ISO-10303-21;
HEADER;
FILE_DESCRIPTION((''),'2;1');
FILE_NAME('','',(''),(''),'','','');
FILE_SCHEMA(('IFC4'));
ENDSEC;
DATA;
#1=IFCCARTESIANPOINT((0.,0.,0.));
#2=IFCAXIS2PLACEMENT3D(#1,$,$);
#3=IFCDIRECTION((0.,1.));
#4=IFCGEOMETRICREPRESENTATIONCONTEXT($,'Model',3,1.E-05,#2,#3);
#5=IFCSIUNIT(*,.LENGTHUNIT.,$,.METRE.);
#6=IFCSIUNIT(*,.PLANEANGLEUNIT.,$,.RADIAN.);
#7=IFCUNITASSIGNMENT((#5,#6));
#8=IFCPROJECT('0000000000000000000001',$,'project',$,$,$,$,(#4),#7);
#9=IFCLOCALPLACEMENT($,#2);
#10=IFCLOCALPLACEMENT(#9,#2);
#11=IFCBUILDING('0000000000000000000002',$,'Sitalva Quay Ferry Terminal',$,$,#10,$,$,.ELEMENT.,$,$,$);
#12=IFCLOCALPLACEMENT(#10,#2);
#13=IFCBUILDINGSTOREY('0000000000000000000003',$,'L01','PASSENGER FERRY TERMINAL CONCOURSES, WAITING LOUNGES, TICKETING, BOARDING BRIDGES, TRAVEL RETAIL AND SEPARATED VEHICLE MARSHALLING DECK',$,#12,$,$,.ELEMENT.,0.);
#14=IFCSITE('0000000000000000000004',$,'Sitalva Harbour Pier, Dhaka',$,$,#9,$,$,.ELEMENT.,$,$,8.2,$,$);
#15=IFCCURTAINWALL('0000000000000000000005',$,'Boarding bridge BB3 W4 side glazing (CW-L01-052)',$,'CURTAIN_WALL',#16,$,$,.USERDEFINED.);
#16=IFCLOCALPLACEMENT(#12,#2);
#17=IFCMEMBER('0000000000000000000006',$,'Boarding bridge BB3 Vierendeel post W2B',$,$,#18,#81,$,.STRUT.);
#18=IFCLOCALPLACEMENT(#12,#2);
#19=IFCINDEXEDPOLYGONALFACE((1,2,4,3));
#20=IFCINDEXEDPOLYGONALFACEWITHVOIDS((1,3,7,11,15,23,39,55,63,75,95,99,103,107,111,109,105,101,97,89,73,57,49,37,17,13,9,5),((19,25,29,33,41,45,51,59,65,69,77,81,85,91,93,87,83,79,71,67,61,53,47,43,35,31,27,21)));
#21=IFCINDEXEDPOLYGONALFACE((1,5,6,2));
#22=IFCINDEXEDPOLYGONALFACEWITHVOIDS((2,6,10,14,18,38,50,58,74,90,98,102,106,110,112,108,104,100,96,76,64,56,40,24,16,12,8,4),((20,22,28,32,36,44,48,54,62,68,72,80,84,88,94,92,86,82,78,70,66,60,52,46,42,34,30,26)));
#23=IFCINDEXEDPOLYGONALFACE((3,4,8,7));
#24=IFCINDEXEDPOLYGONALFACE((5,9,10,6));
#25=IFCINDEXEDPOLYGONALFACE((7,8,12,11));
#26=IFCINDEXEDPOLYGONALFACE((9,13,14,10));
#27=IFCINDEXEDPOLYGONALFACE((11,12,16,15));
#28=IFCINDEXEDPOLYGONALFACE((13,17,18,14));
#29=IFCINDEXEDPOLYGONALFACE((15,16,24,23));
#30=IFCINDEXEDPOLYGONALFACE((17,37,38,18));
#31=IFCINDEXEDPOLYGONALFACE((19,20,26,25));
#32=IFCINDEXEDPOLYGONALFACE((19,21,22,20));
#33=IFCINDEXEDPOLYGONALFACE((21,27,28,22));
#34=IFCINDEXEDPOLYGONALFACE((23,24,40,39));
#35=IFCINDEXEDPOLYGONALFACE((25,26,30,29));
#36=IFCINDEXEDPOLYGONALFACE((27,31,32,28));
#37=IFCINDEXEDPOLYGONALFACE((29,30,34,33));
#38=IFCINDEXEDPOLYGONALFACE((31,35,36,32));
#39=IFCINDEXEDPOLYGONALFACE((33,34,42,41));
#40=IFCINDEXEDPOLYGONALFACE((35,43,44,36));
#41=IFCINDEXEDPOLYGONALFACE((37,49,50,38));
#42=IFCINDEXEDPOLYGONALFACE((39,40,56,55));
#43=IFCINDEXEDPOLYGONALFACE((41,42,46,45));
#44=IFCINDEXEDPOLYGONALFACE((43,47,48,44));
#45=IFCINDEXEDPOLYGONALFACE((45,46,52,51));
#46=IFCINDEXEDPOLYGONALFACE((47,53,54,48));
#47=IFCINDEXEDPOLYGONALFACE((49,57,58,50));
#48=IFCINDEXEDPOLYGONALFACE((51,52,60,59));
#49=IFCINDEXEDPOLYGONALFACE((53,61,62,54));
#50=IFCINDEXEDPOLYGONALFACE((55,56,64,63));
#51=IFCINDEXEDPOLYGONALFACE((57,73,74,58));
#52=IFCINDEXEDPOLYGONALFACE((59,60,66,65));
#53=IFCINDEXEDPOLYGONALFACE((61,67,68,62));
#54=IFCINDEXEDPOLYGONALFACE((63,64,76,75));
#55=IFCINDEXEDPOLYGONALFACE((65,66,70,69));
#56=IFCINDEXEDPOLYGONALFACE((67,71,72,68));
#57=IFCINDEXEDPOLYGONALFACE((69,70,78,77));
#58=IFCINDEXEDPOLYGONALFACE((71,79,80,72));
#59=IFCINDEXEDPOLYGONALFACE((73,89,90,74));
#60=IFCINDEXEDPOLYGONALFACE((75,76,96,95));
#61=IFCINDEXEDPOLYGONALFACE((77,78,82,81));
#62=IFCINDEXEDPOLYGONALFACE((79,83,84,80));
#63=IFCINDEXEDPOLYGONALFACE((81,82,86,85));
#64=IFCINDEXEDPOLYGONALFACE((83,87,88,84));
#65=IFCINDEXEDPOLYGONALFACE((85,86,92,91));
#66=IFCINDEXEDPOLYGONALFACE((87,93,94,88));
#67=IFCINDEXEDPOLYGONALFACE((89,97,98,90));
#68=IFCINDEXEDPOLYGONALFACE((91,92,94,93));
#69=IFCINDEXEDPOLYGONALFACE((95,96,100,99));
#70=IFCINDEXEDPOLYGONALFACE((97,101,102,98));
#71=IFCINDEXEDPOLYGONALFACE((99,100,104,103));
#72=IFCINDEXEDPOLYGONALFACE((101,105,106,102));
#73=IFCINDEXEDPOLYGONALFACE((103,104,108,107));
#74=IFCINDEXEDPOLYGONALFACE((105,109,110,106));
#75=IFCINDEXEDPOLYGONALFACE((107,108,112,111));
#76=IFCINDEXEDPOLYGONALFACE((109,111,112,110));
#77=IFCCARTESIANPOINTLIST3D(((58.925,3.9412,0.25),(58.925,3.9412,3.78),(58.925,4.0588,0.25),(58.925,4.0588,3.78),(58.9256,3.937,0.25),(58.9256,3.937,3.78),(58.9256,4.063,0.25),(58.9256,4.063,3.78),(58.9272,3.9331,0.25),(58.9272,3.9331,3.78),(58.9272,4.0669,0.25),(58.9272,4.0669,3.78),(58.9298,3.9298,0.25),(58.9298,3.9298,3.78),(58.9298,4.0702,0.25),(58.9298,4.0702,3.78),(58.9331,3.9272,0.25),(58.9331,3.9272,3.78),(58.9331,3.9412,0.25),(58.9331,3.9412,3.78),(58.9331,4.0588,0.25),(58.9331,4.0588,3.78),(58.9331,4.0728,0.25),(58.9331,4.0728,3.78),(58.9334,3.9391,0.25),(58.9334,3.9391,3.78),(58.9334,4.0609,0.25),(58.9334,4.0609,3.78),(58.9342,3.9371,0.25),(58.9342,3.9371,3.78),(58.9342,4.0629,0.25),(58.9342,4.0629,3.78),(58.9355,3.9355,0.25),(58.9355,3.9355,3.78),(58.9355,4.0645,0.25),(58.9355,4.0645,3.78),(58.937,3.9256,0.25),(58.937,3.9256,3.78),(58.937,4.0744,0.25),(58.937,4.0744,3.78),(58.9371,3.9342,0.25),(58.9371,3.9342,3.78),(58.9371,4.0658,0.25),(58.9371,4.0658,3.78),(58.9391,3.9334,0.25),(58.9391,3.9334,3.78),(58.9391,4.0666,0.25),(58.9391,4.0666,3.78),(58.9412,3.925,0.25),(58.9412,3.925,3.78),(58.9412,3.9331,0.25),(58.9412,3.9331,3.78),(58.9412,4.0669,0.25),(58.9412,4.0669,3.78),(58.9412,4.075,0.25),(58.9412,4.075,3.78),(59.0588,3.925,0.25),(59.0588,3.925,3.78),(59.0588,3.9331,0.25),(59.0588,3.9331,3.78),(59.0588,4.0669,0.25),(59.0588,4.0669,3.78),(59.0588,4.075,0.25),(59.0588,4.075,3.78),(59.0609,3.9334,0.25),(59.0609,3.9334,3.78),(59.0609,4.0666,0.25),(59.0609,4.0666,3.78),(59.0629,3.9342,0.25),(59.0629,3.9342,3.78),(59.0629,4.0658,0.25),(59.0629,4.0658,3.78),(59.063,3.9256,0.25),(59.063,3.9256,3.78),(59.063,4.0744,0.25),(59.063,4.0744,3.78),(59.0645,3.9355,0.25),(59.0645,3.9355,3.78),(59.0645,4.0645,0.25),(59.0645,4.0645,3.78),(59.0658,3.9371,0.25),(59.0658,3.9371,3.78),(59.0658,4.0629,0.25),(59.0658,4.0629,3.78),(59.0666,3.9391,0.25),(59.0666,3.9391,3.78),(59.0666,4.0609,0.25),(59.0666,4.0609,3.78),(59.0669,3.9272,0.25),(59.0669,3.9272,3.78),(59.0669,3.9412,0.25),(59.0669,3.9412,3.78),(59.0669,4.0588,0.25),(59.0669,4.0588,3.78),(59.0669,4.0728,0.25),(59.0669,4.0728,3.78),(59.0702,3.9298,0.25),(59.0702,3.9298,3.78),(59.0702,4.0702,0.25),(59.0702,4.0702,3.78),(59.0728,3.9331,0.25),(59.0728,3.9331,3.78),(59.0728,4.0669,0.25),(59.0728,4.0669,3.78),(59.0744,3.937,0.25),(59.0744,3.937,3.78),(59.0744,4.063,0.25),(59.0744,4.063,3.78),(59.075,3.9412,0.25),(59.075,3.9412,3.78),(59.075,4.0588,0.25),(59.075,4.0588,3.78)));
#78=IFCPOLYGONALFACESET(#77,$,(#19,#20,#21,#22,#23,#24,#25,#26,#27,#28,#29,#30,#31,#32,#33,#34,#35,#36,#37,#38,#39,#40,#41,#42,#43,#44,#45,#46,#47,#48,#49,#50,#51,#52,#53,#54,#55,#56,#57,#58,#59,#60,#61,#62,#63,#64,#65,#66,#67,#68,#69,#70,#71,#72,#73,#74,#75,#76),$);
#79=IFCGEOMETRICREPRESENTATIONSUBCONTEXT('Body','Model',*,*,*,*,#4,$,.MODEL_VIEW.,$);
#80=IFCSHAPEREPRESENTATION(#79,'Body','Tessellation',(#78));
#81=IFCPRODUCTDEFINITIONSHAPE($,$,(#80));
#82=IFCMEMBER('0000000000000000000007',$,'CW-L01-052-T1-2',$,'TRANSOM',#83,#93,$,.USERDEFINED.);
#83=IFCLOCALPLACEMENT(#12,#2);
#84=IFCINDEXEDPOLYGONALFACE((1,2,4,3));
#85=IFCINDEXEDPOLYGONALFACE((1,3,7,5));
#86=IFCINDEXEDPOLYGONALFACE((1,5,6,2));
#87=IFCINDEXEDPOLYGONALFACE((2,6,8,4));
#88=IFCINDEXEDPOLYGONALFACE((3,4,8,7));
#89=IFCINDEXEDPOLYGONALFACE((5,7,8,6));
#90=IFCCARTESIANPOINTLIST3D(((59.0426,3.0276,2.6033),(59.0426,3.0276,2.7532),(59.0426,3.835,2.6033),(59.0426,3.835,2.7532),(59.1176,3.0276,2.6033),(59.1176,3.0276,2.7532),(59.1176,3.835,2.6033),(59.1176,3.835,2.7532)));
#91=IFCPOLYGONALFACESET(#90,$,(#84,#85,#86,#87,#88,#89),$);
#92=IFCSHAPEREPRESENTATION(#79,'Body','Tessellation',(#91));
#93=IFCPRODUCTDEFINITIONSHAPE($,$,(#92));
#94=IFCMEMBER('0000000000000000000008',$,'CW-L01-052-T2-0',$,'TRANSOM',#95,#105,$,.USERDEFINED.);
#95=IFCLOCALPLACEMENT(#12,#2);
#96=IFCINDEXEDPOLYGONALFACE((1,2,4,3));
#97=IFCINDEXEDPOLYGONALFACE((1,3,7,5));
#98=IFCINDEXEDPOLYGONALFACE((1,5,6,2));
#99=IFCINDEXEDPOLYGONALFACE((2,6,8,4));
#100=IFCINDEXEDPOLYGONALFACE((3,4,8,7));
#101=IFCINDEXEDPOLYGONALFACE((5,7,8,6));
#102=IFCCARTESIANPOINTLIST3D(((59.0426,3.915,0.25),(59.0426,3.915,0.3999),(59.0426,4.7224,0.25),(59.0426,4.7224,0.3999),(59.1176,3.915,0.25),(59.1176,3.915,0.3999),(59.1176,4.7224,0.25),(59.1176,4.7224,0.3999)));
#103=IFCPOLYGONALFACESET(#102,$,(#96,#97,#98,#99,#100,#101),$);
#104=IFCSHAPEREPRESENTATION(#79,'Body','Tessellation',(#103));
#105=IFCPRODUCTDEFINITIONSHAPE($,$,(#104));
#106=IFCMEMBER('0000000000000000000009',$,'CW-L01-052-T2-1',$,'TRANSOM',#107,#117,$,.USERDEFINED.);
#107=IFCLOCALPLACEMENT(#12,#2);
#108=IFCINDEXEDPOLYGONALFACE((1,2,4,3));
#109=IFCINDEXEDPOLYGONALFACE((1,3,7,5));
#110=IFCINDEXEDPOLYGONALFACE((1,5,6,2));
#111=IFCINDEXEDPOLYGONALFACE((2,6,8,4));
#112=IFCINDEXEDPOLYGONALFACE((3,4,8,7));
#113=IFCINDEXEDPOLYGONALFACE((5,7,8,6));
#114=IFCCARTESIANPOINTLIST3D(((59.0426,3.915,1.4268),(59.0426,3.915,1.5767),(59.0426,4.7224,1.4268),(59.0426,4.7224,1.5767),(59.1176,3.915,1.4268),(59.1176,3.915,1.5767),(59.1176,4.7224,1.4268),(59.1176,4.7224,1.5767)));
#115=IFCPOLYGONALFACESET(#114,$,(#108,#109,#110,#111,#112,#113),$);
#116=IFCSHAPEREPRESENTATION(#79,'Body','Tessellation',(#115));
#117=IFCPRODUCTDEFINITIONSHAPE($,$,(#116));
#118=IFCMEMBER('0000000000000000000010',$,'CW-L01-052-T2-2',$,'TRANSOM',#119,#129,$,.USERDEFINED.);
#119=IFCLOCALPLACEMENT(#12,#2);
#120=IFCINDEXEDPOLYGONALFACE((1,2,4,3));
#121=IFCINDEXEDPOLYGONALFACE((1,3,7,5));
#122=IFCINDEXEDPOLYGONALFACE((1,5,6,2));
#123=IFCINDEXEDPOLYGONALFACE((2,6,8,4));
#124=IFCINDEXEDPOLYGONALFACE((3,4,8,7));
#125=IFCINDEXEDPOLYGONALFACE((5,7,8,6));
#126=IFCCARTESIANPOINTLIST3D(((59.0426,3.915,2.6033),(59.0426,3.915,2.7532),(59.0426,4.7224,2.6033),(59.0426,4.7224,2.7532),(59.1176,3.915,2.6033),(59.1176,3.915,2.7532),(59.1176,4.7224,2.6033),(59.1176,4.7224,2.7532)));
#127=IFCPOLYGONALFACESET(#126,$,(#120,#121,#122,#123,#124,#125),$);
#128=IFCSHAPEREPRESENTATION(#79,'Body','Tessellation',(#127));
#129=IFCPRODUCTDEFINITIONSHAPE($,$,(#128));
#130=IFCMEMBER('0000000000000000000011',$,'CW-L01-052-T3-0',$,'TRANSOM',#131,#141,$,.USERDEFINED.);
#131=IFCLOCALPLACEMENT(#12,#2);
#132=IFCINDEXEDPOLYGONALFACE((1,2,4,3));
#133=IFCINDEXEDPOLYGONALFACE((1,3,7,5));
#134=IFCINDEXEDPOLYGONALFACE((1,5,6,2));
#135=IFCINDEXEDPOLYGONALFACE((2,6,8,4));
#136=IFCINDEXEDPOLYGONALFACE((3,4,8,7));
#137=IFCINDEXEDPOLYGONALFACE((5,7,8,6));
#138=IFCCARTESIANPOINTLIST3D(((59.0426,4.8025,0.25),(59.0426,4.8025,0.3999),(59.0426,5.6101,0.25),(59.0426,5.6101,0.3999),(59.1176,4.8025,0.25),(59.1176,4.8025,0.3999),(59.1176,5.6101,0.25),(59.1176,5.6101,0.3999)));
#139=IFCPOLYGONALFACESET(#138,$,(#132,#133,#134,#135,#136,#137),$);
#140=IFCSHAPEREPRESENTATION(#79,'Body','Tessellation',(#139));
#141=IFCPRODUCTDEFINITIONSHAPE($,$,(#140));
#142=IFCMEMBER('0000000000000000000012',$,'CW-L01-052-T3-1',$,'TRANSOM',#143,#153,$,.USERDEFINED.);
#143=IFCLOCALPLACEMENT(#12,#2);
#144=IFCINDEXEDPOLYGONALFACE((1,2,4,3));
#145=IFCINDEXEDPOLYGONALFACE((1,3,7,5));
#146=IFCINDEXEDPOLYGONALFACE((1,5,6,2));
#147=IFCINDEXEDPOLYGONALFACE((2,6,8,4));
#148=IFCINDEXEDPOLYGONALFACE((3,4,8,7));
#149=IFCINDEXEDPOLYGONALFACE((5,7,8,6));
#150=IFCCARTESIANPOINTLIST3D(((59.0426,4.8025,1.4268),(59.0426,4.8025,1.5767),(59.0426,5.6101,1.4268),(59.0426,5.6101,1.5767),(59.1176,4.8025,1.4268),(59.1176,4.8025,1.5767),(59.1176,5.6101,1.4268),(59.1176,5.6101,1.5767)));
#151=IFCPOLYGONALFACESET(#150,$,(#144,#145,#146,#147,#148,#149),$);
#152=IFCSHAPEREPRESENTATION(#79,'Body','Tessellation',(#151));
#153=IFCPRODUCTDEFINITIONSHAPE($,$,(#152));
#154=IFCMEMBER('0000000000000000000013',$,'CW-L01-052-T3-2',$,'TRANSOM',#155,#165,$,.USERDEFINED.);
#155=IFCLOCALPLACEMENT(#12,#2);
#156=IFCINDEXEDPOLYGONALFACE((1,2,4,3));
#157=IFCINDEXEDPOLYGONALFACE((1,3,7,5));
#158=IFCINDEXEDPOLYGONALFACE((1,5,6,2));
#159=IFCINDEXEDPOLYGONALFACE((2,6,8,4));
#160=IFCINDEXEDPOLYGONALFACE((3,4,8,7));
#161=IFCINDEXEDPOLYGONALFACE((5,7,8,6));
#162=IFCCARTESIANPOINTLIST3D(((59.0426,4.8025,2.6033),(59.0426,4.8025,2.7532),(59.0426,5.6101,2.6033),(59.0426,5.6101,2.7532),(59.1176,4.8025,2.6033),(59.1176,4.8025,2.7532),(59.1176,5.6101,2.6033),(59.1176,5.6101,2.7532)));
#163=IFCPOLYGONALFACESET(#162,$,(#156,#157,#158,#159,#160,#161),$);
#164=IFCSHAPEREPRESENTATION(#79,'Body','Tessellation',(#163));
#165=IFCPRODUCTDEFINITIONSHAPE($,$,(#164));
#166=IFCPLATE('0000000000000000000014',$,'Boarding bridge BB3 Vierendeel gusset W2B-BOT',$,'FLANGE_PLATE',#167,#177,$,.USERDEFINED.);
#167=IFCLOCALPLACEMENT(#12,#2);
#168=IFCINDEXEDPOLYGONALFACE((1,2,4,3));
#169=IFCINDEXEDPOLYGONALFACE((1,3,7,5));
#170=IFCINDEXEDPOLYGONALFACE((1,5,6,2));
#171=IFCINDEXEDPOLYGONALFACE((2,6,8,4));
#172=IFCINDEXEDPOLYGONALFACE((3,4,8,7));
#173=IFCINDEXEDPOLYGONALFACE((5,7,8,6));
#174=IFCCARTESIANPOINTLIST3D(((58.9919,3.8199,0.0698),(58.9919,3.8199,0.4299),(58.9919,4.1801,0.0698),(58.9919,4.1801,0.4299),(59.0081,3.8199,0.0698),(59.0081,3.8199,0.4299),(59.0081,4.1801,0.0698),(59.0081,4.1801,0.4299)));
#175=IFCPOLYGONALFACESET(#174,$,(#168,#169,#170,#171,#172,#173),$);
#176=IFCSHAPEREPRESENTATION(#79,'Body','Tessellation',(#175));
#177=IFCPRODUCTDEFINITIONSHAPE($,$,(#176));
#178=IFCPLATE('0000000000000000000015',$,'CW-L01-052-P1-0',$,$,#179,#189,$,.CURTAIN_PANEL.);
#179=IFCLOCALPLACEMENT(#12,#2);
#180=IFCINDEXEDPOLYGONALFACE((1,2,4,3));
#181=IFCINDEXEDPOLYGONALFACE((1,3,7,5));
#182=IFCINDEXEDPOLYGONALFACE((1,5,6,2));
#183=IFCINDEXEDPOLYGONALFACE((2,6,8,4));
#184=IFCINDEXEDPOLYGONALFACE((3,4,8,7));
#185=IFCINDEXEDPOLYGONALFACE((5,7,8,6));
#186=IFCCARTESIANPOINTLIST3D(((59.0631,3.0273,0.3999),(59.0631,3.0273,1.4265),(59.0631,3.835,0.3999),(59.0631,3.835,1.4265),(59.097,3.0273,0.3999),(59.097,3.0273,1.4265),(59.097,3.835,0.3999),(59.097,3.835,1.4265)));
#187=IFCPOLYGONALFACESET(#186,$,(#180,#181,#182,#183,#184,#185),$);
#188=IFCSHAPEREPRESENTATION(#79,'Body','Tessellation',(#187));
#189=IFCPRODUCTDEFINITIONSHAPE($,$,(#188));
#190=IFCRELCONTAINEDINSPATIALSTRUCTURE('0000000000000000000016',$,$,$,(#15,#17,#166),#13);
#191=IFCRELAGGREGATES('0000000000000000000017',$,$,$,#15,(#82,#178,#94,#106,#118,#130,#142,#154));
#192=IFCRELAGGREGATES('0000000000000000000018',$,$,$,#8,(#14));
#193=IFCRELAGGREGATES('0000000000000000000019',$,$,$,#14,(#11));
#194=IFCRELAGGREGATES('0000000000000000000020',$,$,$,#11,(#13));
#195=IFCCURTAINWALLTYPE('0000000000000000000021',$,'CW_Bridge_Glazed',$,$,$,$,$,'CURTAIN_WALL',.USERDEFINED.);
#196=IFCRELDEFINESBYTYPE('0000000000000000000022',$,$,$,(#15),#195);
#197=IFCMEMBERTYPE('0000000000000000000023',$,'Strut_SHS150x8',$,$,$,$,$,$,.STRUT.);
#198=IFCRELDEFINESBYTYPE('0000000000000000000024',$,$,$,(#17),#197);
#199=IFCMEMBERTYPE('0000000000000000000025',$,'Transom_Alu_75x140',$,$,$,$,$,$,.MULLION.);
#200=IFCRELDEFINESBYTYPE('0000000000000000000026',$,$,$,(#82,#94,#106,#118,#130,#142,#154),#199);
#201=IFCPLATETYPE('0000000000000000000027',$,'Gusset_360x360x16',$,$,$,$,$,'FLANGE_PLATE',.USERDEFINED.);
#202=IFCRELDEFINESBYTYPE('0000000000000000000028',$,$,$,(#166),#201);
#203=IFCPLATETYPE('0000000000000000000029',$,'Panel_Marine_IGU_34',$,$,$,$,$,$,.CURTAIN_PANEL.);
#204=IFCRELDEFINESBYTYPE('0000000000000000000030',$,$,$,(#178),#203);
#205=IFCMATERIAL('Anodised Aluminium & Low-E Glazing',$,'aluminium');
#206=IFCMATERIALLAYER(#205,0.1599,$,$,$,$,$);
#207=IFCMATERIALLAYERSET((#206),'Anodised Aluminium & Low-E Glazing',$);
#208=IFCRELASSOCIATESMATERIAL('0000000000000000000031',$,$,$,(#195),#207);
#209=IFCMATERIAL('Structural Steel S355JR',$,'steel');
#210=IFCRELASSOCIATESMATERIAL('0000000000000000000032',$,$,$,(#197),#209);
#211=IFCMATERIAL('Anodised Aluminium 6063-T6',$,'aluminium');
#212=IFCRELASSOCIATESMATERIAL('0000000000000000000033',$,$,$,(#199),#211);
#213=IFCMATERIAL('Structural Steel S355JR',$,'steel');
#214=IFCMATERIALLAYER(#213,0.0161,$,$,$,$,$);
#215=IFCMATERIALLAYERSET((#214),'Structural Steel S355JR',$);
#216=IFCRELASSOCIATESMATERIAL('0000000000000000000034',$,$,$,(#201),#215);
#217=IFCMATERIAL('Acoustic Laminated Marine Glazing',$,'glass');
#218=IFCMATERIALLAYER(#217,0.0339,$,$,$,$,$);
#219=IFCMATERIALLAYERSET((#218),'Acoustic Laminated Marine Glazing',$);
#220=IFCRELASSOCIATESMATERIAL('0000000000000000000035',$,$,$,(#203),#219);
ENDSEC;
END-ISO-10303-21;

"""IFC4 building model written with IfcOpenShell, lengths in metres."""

from ifc_helpers import new_model, si_unit, direction, frame, origin, origin_2d, place, context, subcontext, project, spatial, rectangle, hollow_rectangle, extrude, material, layer, layer_set, material_profile, profile_set, type_object, element, aggregate, save


model = new_model("IFC4")

# Units and contexts
model_context = context("Model", 3, precision=1e-05, world=origin(), true_north=direction((0.0, 1.0)))
body_context = subcontext(model_context, "Body", "Model", "MODEL_VIEW")
ifc_project = project(units=[si_unit("LENGTHUNIT", "METRE"), si_unit("PLANEANGLEUNIT", "RADIAN")], contexts=[model_context])

# Site, building, storey
site_placement = place(None, origin())
site = spatial("IfcSite", under=ifc_project, at=site_placement, Name="Sitalva Harbour Pier, Dhaka", CompositionType="ELEMENT", RefElevation=8.2)
building_placement = place(site_placement, origin())
building = spatial("IfcBuilding", under=site, at=building_placement, Name="Sitalva Quay Ferry Terminal", CompositionType="ELEMENT")
storey_placement = place(building_placement, origin())
storey = spatial("IfcBuildingStorey", under=building, at=storey_placement, Name="L01", Description="PASSENGER FERRY TERMINAL CONCOURSES, WAITING LOUNGES, TICKETING, BOARDING BRIDGES, TRAVEL RETAIL AND SEPARATED VEHICLE MARSHALLING DECK", CompositionType="ELEMENT", Elevation=0.0)

# Curtain wall
ifc_material_1 = material(Name="Anodised Aluminium & Low-E Glazing", Category="aluminium")
ifc_layer_1 = layer(ifc_material_1, 0.1599)
ifc_layer_set_1 = layer_set([ifc_layer_1], Name="Anodised Aluminium & Low-E Glazing")
curtain_wall_type = type_object("IfcCurtainWallType", Name="CW_Bridge_Glazed", ElementType="CURTAIN_WALL", PredefinedType="USERDEFINED", material=ifc_layer_set_1)
curtain_wall_placement = place(storey_placement, origin())
curtain_wall = element("IfcCurtainWall", 1, at=curtain_wall_placement, inside=storey, type_object=curtain_wall_type, Name="Boarding bridge BB3 W4 side glazing (CW-L01-052)", ObjectType="CURTAIN_WALL", PredefinedType="USERDEFINED")

# Members
ifc_material_2 = material(Name="Structural Steel S355JR", Category="steel")
ifc_material_profile_1 = material_profile(ifc_material_2, hollow_rectangle(XDim=0.1499, YDim=0.1499, WallThickness=0.0081, InnerFilletRadius=0.0081, OuterFilletRadius=0.0161, at=origin_2d()), Name="SHS150x150x8")
ifc_profile_set_1 = profile_set([ifc_material_profile_1], Name="Structural Steel S355JR")
member_type_1 = type_object("IfcMemberType", Name="Strut_SHS150x8", PredefinedType="STRUT", material=ifc_profile_set_1)
member_1_placement = place(storey_placement, frame((59.0, 4.0, 0.25), z_axis=(0.0, 0.0, 1.0), x_axis=(1.0, 0.0, 0.0)))
element("IfcMember", 2, at=member_1_placement, inside=storey, type_object=member_type_1, Name="Boarding bridge BB3 Vierendeel post W2B", PredefinedType="STRUT", context=body_context, shape_type="SweptSolid", body=[
    extrude(hollow_rectangle(XDim=0.1499, YDim=0.1499, WallThickness=0.0081, InnerFilletRadius=0.0081, OuterFilletRadius=0.0161, at=origin_2d()), origin(), (0.0, 0.0, 1.0), 3.53),
])
ifc_material_3 = material(Name="Anodised Aluminium 6063-T6", Category="aluminium")
ifc_material_profile_2 = material_profile(ifc_material_3, rectangle(XDim=0.075, YDim=0.1499, at=origin_2d()), Name="ALU75x150")
ifc_profile_set_2 = profile_set([ifc_material_profile_2], Name="Anodised Aluminium 6063-T6")
member_type_2 = type_object("IfcMemberType", Name="Transom_Alu_75x140", PredefinedType="MULLION", material=ifc_profile_set_2)
member_2_placement = place(storey_placement, frame((59.0801, 3.0276, 2.6782), z_axis=(0.0, 1.0, 0.0), x_axis=(-1.0, 0.0, 0.0)))
member_2 = element("IfcMember", 3, at=member_2_placement, type_object=member_type_2, Name="CW-L01-052-T1-2", ObjectType="TRANSOM", PredefinedType="USERDEFINED", context=body_context, shape_type="SweptSolid", body=[
    extrude(rectangle(XDim=0.075, YDim=0.1499, at=origin_2d()), origin(), (0.0, 0.0, 1.0), 0.8074),
])
member_3_placement = place(storey_placement, frame((59.0801, 3.915, 0.325), z_axis=(0.0, 1.0, 0.0), x_axis=(-1.0, 0.0, 0.0)))
member_3 = element("IfcMember", 4, at=member_3_placement, type_object=member_type_2, Name="CW-L01-052-T2-0", ObjectType="TRANSOM", PredefinedType="USERDEFINED", context=body_context, shape_type="SweptSolid", body=[
    extrude(rectangle(XDim=0.075, YDim=0.1499, at=origin_2d()), origin(), (0.0, 0.0, 1.0), 0.8074),
])
member_4_placement = place(storey_placement, frame((59.0801, 3.915, 1.5017), z_axis=(0.0, 1.0, 0.0), x_axis=(-1.0, 0.0, 0.0)))
member_4 = element("IfcMember", 5, at=member_4_placement, type_object=member_type_2, Name="CW-L01-052-T2-1", ObjectType="TRANSOM", PredefinedType="USERDEFINED", context=body_context, shape_type="SweptSolid", body=[
    extrude(rectangle(XDim=0.075, YDim=0.1499, at=origin_2d()), origin(), (0.0, 0.0, 1.0), 0.8074),
])
member_5_placement = place(storey_placement, frame((59.0801, 3.915, 2.6782), z_axis=(0.0, 1.0, 0.0), x_axis=(-1.0, 0.0, 0.0)))
member_5 = element("IfcMember", 6, at=member_5_placement, type_object=member_type_2, Name="CW-L01-052-T2-2", ObjectType="TRANSOM", PredefinedType="USERDEFINED", context=body_context, shape_type="SweptSolid", body=[
    extrude(rectangle(XDim=0.075, YDim=0.1499, at=origin_2d()), origin(), (0.0, 0.0, 1.0), 0.8074),
])
member_6_placement = place(storey_placement, frame((59.0801, 4.8025, 0.325), z_axis=(0.0, 1.0, 0.0), x_axis=(-1.0, 0.0, 0.0)))
member_6 = element("IfcMember", 7, at=member_6_placement, type_object=member_type_2, Name="CW-L01-052-T3-0", ObjectType="TRANSOM", PredefinedType="USERDEFINED", context=body_context, shape_type="SweptSolid", body=[
    extrude(rectangle(XDim=0.075, YDim=0.1499, at=origin_2d()), origin(), (0.0, 0.0, 1.0), 0.8076),
])
member_7_placement = place(storey_placement, frame((59.0801, 4.8025, 1.5017), z_axis=(0.0, 1.0, 0.0), x_axis=(-1.0, 0.0, 0.0)))
member_7 = element("IfcMember", 8, at=member_7_placement, type_object=member_type_2, Name="CW-L01-052-T3-1", ObjectType="TRANSOM", PredefinedType="USERDEFINED", context=body_context, shape_type="SweptSolid", body=[
    extrude(rectangle(XDim=0.075, YDim=0.1499, at=origin_2d()), origin(), (0.0, 0.0, 1.0), 0.8076),
])
member_8_placement = place(storey_placement, frame((59.0801, 4.8025, 2.6782), z_axis=(0.0, 1.0, 0.0), x_axis=(-1.0, 0.0, 0.0)))
member_8 = element("IfcMember", 9, at=member_8_placement, type_object=member_type_2, Name="CW-L01-052-T3-2", ObjectType="TRANSOM", PredefinedType="USERDEFINED", context=body_context, shape_type="SweptSolid", body=[
    extrude(rectangle(XDim=0.075, YDim=0.1499, at=origin_2d()), origin(), (0.0, 0.0, 1.0), 0.8076),
])

# Plates
ifc_material_4 = material(Name="Structural Steel S355JR", Category="steel")
ifc_layer_2 = layer(ifc_material_4, 0.0161)
ifc_layer_set_2 = layer_set([ifc_layer_2], Name="Structural Steel S355JR")
plate_type_1 = type_object("IfcPlateType", Name="Gusset_360x360x16", ElementType="FLANGE_PLATE", PredefinedType="USERDEFINED", material=ifc_layer_set_2)
plate_1_placement = place(storey_placement, frame((59.0, 4.0, 0.0698), z_axis=(0.0, 0.0, 1.0), x_axis=(1.0, 0.0, 0.0)))
element("IfcPlate", 10, at=plate_1_placement, inside=storey, type_object=plate_type_1, Name="Boarding bridge BB3 Vierendeel gusset W2B-BOT", ObjectType="FLANGE_PLATE", PredefinedType="USERDEFINED", context=body_context, shape_type="SweptSolid", body=[
    extrude(rectangle(XDim=0.0161, YDim=0.3601, at=origin_2d()), origin(), (0.0, 0.0, 1.0), 0.3601),
])
ifc_material_5 = material(Name="Acoustic Laminated Marine Glazing", Category="glass")
ifc_layer_3 = layer(ifc_material_5, 0.0339)
ifc_layer_set_3 = layer_set([ifc_layer_3], Name="Acoustic Laminated Marine Glazing")
plate_type_2 = type_object("IfcPlateType", Name="Panel_Marine_IGU_34", PredefinedType="CURTAIN_PANEL", material=ifc_layer_set_3)
plate_2_placement = place(storey_placement, frame((59.0801, 3.4312, 0.3999), z_axis=(0.0, 0.0, 1.0), x_axis=(0.0, 1.0, 0.0)))
plate_2 = element("IfcPlate", 11, at=plate_2_placement, type_object=plate_type_2, Name="CW-L01-052-P1-0", PredefinedType="CURTAIN_PANEL", context=body_context, shape_type="SweptSolid", body=[
    extrude(rectangle(XDim=0.8076, YDim=0.0339, at=origin_2d()), origin(), (0.0, 0.0, 1.0), 1.0266),
])
aggregate(curtain_wall, [member_2, plate_2, member_3, member_4, member_5, member_6, member_7, member_8])

save(model, "model.ifc")
